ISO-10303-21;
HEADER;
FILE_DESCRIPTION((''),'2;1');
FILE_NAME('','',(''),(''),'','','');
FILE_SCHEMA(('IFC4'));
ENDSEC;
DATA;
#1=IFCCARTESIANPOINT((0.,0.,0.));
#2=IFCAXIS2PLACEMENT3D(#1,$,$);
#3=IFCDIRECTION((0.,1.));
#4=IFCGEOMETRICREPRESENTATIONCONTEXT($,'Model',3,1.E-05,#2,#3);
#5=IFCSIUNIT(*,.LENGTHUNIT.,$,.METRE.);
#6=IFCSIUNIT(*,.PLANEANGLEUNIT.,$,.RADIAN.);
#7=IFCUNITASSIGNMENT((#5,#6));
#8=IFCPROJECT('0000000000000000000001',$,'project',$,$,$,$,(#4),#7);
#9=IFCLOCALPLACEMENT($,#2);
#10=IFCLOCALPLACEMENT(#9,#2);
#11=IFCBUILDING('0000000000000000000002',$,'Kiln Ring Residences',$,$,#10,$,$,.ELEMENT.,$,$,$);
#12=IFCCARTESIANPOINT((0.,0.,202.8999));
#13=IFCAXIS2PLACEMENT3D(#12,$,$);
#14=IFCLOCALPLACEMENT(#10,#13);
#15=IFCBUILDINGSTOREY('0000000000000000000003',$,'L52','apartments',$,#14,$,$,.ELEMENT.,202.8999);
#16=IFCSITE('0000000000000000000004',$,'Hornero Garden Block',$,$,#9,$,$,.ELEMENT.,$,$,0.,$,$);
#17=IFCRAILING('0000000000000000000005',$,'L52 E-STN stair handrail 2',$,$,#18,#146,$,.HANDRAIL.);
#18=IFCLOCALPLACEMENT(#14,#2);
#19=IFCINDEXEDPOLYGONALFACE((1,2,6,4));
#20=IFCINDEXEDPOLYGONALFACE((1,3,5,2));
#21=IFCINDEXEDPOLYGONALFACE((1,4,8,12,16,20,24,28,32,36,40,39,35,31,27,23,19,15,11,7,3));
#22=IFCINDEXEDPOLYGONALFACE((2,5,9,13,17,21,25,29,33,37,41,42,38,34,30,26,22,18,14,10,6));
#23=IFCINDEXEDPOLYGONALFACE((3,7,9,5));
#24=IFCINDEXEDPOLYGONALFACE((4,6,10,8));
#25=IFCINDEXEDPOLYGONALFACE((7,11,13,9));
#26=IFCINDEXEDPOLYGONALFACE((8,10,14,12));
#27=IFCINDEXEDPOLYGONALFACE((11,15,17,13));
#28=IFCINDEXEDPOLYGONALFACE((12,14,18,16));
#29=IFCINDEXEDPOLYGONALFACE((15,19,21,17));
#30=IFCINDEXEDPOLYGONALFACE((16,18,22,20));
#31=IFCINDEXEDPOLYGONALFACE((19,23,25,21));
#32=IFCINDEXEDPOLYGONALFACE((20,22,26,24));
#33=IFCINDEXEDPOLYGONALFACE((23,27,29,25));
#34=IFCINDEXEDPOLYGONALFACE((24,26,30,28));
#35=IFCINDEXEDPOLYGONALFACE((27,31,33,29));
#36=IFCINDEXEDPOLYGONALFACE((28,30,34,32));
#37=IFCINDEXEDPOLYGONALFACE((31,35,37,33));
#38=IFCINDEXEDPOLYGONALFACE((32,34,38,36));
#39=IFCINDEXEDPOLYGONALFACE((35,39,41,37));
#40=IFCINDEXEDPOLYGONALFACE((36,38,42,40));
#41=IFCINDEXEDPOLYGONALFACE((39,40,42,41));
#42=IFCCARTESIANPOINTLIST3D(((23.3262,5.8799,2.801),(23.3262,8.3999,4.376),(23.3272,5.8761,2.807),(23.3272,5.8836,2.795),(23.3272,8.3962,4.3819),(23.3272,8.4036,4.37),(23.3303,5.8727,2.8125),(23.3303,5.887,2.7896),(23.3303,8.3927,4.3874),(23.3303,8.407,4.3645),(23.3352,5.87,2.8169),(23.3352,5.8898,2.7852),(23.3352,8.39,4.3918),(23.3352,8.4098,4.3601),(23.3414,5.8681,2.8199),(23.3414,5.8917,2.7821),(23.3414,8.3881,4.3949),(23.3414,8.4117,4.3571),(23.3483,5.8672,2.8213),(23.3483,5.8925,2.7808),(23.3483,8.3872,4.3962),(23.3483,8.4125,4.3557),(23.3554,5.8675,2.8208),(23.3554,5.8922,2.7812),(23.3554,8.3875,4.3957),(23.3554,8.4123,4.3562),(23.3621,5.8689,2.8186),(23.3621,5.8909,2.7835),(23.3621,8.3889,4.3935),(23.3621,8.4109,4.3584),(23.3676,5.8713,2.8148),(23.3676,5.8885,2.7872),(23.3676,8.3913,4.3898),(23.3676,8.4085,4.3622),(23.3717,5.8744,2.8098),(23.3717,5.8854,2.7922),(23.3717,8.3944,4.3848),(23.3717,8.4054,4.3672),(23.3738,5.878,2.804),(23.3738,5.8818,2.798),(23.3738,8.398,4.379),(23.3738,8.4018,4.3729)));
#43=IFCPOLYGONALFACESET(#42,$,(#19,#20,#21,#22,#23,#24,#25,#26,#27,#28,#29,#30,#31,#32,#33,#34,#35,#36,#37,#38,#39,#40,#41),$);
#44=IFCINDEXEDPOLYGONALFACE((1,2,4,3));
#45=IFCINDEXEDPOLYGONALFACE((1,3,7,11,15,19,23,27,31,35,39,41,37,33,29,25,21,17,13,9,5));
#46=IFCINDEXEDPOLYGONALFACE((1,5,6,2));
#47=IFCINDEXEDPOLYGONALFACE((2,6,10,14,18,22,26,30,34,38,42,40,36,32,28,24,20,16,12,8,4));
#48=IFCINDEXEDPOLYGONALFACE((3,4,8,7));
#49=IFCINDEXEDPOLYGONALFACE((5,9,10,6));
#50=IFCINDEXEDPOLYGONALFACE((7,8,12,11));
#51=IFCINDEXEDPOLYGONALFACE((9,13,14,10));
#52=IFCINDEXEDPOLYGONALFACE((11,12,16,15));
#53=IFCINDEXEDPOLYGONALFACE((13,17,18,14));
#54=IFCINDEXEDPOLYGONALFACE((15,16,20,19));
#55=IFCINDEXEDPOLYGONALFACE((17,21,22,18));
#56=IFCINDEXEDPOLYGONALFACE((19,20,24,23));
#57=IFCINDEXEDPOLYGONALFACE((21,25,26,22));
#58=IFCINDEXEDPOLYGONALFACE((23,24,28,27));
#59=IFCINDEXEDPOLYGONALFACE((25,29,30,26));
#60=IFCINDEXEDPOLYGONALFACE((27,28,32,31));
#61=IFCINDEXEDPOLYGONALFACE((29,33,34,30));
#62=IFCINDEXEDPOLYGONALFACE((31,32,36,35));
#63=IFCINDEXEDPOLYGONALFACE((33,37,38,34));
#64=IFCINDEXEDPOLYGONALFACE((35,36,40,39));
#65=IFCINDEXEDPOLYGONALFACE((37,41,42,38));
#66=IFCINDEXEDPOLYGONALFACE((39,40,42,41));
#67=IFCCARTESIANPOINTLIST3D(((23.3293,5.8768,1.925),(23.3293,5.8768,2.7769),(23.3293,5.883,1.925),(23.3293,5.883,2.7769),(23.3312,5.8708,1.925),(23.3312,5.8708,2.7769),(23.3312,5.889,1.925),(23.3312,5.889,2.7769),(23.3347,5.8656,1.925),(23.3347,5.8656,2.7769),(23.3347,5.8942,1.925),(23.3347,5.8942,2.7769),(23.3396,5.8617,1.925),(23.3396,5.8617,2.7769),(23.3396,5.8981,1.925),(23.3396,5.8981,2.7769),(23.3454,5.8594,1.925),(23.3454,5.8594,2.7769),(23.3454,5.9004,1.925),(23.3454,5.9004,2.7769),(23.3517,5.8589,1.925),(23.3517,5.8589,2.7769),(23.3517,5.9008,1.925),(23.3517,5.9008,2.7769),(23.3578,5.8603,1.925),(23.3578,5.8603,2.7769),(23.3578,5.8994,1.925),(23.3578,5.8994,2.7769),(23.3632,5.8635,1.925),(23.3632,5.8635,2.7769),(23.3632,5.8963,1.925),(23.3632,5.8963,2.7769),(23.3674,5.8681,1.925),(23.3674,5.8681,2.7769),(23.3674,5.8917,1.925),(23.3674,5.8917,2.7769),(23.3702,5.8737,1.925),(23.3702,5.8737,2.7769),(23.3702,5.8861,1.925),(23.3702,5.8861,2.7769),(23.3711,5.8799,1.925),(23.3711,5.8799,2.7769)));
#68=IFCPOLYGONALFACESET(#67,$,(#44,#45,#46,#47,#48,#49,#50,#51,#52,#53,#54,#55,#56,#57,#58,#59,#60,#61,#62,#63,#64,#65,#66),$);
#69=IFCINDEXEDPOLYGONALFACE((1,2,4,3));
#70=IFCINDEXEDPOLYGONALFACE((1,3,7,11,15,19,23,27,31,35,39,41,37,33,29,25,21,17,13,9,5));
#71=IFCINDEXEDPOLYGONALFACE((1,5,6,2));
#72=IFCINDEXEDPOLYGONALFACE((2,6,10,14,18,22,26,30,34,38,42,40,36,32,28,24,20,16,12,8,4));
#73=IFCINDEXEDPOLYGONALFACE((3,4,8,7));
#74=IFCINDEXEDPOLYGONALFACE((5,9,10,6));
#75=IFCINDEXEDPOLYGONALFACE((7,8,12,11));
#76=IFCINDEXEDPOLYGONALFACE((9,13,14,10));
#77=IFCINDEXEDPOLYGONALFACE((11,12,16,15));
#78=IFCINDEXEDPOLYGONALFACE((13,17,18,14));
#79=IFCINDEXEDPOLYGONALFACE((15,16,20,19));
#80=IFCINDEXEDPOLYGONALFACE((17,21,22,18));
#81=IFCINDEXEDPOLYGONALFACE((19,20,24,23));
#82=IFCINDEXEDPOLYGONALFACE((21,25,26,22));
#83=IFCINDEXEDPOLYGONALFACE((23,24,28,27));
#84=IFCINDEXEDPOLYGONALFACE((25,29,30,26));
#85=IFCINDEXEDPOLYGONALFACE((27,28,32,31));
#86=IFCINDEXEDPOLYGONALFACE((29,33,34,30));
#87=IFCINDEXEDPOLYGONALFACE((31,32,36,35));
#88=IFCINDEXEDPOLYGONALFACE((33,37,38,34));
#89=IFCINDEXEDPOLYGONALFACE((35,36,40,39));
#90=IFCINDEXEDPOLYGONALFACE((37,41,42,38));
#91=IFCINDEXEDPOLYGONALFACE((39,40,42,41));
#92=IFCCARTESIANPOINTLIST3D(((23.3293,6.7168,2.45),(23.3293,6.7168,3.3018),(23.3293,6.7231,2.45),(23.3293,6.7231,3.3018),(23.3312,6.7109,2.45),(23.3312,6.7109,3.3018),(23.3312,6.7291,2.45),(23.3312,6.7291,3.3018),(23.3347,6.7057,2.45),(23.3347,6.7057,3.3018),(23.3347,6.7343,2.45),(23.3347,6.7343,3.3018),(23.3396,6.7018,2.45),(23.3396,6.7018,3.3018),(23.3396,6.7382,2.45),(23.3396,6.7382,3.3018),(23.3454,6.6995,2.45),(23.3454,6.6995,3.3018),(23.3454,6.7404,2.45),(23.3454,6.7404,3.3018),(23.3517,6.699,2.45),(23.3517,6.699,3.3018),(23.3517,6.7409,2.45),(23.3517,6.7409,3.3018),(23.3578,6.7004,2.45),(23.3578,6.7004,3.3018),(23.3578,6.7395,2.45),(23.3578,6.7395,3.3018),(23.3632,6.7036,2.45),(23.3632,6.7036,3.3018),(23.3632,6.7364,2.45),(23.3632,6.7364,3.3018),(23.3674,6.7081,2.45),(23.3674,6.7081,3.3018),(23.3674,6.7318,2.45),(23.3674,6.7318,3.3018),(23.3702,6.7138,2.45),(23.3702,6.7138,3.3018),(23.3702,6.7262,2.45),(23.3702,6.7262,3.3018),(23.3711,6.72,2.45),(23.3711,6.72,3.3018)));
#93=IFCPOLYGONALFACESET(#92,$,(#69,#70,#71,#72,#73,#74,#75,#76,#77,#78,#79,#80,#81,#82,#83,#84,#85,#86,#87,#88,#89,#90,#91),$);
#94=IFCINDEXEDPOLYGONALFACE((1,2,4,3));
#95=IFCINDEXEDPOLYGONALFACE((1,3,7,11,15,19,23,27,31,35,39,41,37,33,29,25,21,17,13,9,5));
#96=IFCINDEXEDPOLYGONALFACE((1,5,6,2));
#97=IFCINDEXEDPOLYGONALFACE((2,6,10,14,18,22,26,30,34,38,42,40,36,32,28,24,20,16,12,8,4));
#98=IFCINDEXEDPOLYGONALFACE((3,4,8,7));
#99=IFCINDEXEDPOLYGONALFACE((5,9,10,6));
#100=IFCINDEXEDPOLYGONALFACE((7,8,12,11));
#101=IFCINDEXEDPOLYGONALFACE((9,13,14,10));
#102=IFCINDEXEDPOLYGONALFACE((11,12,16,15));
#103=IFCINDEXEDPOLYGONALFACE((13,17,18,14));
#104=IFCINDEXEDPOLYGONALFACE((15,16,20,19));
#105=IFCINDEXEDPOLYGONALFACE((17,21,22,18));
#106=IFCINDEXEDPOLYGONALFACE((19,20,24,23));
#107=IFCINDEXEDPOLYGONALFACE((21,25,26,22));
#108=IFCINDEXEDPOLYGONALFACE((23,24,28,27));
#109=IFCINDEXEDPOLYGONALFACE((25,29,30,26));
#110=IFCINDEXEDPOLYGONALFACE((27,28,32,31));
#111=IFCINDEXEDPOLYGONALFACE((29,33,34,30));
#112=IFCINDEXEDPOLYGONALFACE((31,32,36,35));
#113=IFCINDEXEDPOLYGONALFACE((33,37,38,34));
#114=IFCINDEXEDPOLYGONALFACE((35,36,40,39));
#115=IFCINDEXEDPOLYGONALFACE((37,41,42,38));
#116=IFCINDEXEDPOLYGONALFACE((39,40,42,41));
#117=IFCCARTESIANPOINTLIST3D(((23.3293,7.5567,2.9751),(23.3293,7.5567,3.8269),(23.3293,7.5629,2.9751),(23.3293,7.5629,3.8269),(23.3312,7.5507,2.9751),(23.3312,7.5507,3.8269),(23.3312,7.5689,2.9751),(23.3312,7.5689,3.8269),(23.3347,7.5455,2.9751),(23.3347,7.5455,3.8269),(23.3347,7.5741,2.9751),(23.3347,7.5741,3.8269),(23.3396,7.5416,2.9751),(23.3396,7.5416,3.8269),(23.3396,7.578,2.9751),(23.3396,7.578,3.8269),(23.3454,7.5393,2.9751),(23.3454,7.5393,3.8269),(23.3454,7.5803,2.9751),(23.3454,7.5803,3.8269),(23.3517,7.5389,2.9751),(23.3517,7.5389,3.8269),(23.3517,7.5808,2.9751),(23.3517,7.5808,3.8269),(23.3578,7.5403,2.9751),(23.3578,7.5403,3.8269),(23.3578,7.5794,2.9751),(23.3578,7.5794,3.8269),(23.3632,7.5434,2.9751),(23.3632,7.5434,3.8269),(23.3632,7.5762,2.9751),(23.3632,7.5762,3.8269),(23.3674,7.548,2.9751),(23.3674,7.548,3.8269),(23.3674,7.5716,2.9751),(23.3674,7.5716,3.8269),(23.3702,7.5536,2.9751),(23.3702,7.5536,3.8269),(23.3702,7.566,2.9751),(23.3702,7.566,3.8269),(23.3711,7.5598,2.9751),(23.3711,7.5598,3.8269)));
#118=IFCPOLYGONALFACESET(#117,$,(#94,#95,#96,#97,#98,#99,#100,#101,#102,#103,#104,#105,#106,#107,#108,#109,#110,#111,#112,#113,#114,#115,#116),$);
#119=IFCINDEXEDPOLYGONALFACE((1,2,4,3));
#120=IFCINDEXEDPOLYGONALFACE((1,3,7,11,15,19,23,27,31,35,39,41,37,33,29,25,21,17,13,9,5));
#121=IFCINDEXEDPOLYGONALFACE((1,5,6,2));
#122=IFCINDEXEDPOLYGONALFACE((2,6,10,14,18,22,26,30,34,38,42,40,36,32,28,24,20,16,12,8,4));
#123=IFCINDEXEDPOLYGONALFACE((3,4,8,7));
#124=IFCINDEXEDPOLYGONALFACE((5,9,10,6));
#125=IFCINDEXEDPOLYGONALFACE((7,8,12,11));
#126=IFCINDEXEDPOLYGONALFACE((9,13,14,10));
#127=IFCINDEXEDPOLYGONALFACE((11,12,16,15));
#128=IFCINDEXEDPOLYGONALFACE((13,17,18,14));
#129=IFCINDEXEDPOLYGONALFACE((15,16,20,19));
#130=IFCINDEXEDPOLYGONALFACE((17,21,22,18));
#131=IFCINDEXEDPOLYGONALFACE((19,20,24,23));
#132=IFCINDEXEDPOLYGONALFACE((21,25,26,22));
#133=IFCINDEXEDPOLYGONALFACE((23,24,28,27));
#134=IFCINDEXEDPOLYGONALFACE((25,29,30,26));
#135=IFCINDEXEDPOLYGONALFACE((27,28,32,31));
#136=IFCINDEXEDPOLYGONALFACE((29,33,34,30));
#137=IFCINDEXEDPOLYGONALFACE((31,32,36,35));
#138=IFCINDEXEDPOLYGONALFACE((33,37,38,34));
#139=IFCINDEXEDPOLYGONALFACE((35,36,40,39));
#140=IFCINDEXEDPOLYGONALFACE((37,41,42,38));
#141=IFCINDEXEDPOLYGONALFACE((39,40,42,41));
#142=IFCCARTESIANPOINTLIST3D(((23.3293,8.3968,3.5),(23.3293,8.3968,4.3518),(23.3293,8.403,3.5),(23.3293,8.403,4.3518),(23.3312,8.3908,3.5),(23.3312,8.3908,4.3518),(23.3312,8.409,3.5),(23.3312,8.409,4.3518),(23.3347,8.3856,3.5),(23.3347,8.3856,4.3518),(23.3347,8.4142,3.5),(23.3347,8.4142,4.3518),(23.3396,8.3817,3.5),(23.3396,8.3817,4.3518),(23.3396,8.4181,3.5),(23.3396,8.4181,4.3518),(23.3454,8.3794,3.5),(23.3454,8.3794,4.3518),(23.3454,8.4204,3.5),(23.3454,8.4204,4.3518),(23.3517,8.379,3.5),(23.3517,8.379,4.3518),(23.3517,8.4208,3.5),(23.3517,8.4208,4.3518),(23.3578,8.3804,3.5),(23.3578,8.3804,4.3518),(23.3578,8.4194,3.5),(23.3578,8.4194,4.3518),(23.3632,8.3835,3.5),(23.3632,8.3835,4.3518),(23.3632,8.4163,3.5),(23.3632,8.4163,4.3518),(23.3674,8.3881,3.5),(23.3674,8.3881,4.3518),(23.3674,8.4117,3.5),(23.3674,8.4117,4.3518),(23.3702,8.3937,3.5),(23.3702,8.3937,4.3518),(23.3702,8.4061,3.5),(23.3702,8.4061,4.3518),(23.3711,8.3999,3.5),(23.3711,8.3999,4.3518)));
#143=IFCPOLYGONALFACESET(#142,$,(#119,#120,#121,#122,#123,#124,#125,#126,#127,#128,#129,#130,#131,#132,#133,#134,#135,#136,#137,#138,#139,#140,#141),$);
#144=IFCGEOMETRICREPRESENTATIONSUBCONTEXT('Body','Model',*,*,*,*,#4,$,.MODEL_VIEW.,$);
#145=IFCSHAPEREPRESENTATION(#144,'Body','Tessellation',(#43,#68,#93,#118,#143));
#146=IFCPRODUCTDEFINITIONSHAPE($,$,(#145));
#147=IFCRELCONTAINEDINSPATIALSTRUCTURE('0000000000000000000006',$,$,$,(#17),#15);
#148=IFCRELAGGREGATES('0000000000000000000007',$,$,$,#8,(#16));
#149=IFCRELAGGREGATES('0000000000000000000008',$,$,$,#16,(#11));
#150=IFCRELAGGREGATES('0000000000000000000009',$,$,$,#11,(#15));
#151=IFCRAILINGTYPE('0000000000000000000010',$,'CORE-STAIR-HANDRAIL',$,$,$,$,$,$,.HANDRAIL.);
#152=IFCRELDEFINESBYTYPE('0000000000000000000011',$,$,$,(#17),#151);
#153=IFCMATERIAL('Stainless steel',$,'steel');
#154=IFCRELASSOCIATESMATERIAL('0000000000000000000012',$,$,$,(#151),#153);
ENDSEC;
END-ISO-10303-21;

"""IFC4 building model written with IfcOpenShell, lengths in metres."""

from ifc_helpers import new_model, si_unit, direction, frame, origin, origin_2d, place, context, subcontext, project, spatial, circle, extrude, material, type_object, element, save


model = new_model("IFC4")

# Units and contexts
model_context = context("Model", 3, precision=1e-05, world=origin(), true_north=direction((0.0, 1.0)))
body_context = subcontext(model_context, "Body", "Model", "MODEL_VIEW")
ifc_project = project(units=[si_unit("LENGTHUNIT", "METRE"), si_unit("PLANEANGLEUNIT", "RADIAN")], contexts=[model_context])

# Site, building, storey
site_placement = place(None, origin())
site = spatial("IfcSite", under=ifc_project, at=site_placement, Name="Hornero Garden Block", CompositionType="ELEMENT", RefElevation=0.0)
building_placement = place(site_placement, origin())
building = spatial("IfcBuilding", under=site, at=building_placement, Name="Kiln Ring Residences", CompositionType="ELEMENT")
storey_placement = place(building_placement, frame((0.0, 0.0, 202.8999)))
storey = spatial("IfcBuildingStorey", under=building, at=storey_placement, Name="L52", Description="apartments", CompositionType="ELEMENT", Elevation=202.8999)

# Railing
ifc_material_1 = material(Name="Stainless steel", Category="steel")
railing_type_1 = type_object("IfcRailingType", Name="CORE-STAIR-HANDRAIL", PredefinedType="HANDRAIL", material=ifc_material_1)
railing_1_placement = place(storey_placement, frame((23.3501, 5.8799, 1.925)))
element("IfcRailing", 1, at=railing_1_placement, inside=storey, type_object=railing_type_1, Name="L52 E-STN stair handrail 2", PredefinedType="HANDRAIL", context=body_context, shape_type="SweptSolid", body=[
    extrude(circle(Radius=0.0239, at=origin_2d()), frame((0.0, 0.0, 0.876), z_axis=(0.0, 0.848008, 0.529984), x_axis=(-1.0, 0.0, 0.0)), (0.0, 0.0, 1.0), 2.9717),
    extrude(circle(Radius=0.021, at=origin_2d()), origin(), (0.0, 0.0, 1.0), 0.8518),
    extrude(circle(Radius=0.021, at=origin_2d()), frame((0.0, 0.8401, 0.5249)), (0.0, 0.0, 1.0), 0.8518),
    extrude(circle(Radius=0.021, at=origin_2d()), frame((0.0, 1.6799, 1.05)), (0.0, 0.0, 1.0), 0.8518),
    extrude(circle(Radius=0.021, at=origin_2d()), frame((0.0, 2.52, 1.575)), (0.0, 0.0, 1.0), 0.8518),
])

save(model, "model.ifc")
